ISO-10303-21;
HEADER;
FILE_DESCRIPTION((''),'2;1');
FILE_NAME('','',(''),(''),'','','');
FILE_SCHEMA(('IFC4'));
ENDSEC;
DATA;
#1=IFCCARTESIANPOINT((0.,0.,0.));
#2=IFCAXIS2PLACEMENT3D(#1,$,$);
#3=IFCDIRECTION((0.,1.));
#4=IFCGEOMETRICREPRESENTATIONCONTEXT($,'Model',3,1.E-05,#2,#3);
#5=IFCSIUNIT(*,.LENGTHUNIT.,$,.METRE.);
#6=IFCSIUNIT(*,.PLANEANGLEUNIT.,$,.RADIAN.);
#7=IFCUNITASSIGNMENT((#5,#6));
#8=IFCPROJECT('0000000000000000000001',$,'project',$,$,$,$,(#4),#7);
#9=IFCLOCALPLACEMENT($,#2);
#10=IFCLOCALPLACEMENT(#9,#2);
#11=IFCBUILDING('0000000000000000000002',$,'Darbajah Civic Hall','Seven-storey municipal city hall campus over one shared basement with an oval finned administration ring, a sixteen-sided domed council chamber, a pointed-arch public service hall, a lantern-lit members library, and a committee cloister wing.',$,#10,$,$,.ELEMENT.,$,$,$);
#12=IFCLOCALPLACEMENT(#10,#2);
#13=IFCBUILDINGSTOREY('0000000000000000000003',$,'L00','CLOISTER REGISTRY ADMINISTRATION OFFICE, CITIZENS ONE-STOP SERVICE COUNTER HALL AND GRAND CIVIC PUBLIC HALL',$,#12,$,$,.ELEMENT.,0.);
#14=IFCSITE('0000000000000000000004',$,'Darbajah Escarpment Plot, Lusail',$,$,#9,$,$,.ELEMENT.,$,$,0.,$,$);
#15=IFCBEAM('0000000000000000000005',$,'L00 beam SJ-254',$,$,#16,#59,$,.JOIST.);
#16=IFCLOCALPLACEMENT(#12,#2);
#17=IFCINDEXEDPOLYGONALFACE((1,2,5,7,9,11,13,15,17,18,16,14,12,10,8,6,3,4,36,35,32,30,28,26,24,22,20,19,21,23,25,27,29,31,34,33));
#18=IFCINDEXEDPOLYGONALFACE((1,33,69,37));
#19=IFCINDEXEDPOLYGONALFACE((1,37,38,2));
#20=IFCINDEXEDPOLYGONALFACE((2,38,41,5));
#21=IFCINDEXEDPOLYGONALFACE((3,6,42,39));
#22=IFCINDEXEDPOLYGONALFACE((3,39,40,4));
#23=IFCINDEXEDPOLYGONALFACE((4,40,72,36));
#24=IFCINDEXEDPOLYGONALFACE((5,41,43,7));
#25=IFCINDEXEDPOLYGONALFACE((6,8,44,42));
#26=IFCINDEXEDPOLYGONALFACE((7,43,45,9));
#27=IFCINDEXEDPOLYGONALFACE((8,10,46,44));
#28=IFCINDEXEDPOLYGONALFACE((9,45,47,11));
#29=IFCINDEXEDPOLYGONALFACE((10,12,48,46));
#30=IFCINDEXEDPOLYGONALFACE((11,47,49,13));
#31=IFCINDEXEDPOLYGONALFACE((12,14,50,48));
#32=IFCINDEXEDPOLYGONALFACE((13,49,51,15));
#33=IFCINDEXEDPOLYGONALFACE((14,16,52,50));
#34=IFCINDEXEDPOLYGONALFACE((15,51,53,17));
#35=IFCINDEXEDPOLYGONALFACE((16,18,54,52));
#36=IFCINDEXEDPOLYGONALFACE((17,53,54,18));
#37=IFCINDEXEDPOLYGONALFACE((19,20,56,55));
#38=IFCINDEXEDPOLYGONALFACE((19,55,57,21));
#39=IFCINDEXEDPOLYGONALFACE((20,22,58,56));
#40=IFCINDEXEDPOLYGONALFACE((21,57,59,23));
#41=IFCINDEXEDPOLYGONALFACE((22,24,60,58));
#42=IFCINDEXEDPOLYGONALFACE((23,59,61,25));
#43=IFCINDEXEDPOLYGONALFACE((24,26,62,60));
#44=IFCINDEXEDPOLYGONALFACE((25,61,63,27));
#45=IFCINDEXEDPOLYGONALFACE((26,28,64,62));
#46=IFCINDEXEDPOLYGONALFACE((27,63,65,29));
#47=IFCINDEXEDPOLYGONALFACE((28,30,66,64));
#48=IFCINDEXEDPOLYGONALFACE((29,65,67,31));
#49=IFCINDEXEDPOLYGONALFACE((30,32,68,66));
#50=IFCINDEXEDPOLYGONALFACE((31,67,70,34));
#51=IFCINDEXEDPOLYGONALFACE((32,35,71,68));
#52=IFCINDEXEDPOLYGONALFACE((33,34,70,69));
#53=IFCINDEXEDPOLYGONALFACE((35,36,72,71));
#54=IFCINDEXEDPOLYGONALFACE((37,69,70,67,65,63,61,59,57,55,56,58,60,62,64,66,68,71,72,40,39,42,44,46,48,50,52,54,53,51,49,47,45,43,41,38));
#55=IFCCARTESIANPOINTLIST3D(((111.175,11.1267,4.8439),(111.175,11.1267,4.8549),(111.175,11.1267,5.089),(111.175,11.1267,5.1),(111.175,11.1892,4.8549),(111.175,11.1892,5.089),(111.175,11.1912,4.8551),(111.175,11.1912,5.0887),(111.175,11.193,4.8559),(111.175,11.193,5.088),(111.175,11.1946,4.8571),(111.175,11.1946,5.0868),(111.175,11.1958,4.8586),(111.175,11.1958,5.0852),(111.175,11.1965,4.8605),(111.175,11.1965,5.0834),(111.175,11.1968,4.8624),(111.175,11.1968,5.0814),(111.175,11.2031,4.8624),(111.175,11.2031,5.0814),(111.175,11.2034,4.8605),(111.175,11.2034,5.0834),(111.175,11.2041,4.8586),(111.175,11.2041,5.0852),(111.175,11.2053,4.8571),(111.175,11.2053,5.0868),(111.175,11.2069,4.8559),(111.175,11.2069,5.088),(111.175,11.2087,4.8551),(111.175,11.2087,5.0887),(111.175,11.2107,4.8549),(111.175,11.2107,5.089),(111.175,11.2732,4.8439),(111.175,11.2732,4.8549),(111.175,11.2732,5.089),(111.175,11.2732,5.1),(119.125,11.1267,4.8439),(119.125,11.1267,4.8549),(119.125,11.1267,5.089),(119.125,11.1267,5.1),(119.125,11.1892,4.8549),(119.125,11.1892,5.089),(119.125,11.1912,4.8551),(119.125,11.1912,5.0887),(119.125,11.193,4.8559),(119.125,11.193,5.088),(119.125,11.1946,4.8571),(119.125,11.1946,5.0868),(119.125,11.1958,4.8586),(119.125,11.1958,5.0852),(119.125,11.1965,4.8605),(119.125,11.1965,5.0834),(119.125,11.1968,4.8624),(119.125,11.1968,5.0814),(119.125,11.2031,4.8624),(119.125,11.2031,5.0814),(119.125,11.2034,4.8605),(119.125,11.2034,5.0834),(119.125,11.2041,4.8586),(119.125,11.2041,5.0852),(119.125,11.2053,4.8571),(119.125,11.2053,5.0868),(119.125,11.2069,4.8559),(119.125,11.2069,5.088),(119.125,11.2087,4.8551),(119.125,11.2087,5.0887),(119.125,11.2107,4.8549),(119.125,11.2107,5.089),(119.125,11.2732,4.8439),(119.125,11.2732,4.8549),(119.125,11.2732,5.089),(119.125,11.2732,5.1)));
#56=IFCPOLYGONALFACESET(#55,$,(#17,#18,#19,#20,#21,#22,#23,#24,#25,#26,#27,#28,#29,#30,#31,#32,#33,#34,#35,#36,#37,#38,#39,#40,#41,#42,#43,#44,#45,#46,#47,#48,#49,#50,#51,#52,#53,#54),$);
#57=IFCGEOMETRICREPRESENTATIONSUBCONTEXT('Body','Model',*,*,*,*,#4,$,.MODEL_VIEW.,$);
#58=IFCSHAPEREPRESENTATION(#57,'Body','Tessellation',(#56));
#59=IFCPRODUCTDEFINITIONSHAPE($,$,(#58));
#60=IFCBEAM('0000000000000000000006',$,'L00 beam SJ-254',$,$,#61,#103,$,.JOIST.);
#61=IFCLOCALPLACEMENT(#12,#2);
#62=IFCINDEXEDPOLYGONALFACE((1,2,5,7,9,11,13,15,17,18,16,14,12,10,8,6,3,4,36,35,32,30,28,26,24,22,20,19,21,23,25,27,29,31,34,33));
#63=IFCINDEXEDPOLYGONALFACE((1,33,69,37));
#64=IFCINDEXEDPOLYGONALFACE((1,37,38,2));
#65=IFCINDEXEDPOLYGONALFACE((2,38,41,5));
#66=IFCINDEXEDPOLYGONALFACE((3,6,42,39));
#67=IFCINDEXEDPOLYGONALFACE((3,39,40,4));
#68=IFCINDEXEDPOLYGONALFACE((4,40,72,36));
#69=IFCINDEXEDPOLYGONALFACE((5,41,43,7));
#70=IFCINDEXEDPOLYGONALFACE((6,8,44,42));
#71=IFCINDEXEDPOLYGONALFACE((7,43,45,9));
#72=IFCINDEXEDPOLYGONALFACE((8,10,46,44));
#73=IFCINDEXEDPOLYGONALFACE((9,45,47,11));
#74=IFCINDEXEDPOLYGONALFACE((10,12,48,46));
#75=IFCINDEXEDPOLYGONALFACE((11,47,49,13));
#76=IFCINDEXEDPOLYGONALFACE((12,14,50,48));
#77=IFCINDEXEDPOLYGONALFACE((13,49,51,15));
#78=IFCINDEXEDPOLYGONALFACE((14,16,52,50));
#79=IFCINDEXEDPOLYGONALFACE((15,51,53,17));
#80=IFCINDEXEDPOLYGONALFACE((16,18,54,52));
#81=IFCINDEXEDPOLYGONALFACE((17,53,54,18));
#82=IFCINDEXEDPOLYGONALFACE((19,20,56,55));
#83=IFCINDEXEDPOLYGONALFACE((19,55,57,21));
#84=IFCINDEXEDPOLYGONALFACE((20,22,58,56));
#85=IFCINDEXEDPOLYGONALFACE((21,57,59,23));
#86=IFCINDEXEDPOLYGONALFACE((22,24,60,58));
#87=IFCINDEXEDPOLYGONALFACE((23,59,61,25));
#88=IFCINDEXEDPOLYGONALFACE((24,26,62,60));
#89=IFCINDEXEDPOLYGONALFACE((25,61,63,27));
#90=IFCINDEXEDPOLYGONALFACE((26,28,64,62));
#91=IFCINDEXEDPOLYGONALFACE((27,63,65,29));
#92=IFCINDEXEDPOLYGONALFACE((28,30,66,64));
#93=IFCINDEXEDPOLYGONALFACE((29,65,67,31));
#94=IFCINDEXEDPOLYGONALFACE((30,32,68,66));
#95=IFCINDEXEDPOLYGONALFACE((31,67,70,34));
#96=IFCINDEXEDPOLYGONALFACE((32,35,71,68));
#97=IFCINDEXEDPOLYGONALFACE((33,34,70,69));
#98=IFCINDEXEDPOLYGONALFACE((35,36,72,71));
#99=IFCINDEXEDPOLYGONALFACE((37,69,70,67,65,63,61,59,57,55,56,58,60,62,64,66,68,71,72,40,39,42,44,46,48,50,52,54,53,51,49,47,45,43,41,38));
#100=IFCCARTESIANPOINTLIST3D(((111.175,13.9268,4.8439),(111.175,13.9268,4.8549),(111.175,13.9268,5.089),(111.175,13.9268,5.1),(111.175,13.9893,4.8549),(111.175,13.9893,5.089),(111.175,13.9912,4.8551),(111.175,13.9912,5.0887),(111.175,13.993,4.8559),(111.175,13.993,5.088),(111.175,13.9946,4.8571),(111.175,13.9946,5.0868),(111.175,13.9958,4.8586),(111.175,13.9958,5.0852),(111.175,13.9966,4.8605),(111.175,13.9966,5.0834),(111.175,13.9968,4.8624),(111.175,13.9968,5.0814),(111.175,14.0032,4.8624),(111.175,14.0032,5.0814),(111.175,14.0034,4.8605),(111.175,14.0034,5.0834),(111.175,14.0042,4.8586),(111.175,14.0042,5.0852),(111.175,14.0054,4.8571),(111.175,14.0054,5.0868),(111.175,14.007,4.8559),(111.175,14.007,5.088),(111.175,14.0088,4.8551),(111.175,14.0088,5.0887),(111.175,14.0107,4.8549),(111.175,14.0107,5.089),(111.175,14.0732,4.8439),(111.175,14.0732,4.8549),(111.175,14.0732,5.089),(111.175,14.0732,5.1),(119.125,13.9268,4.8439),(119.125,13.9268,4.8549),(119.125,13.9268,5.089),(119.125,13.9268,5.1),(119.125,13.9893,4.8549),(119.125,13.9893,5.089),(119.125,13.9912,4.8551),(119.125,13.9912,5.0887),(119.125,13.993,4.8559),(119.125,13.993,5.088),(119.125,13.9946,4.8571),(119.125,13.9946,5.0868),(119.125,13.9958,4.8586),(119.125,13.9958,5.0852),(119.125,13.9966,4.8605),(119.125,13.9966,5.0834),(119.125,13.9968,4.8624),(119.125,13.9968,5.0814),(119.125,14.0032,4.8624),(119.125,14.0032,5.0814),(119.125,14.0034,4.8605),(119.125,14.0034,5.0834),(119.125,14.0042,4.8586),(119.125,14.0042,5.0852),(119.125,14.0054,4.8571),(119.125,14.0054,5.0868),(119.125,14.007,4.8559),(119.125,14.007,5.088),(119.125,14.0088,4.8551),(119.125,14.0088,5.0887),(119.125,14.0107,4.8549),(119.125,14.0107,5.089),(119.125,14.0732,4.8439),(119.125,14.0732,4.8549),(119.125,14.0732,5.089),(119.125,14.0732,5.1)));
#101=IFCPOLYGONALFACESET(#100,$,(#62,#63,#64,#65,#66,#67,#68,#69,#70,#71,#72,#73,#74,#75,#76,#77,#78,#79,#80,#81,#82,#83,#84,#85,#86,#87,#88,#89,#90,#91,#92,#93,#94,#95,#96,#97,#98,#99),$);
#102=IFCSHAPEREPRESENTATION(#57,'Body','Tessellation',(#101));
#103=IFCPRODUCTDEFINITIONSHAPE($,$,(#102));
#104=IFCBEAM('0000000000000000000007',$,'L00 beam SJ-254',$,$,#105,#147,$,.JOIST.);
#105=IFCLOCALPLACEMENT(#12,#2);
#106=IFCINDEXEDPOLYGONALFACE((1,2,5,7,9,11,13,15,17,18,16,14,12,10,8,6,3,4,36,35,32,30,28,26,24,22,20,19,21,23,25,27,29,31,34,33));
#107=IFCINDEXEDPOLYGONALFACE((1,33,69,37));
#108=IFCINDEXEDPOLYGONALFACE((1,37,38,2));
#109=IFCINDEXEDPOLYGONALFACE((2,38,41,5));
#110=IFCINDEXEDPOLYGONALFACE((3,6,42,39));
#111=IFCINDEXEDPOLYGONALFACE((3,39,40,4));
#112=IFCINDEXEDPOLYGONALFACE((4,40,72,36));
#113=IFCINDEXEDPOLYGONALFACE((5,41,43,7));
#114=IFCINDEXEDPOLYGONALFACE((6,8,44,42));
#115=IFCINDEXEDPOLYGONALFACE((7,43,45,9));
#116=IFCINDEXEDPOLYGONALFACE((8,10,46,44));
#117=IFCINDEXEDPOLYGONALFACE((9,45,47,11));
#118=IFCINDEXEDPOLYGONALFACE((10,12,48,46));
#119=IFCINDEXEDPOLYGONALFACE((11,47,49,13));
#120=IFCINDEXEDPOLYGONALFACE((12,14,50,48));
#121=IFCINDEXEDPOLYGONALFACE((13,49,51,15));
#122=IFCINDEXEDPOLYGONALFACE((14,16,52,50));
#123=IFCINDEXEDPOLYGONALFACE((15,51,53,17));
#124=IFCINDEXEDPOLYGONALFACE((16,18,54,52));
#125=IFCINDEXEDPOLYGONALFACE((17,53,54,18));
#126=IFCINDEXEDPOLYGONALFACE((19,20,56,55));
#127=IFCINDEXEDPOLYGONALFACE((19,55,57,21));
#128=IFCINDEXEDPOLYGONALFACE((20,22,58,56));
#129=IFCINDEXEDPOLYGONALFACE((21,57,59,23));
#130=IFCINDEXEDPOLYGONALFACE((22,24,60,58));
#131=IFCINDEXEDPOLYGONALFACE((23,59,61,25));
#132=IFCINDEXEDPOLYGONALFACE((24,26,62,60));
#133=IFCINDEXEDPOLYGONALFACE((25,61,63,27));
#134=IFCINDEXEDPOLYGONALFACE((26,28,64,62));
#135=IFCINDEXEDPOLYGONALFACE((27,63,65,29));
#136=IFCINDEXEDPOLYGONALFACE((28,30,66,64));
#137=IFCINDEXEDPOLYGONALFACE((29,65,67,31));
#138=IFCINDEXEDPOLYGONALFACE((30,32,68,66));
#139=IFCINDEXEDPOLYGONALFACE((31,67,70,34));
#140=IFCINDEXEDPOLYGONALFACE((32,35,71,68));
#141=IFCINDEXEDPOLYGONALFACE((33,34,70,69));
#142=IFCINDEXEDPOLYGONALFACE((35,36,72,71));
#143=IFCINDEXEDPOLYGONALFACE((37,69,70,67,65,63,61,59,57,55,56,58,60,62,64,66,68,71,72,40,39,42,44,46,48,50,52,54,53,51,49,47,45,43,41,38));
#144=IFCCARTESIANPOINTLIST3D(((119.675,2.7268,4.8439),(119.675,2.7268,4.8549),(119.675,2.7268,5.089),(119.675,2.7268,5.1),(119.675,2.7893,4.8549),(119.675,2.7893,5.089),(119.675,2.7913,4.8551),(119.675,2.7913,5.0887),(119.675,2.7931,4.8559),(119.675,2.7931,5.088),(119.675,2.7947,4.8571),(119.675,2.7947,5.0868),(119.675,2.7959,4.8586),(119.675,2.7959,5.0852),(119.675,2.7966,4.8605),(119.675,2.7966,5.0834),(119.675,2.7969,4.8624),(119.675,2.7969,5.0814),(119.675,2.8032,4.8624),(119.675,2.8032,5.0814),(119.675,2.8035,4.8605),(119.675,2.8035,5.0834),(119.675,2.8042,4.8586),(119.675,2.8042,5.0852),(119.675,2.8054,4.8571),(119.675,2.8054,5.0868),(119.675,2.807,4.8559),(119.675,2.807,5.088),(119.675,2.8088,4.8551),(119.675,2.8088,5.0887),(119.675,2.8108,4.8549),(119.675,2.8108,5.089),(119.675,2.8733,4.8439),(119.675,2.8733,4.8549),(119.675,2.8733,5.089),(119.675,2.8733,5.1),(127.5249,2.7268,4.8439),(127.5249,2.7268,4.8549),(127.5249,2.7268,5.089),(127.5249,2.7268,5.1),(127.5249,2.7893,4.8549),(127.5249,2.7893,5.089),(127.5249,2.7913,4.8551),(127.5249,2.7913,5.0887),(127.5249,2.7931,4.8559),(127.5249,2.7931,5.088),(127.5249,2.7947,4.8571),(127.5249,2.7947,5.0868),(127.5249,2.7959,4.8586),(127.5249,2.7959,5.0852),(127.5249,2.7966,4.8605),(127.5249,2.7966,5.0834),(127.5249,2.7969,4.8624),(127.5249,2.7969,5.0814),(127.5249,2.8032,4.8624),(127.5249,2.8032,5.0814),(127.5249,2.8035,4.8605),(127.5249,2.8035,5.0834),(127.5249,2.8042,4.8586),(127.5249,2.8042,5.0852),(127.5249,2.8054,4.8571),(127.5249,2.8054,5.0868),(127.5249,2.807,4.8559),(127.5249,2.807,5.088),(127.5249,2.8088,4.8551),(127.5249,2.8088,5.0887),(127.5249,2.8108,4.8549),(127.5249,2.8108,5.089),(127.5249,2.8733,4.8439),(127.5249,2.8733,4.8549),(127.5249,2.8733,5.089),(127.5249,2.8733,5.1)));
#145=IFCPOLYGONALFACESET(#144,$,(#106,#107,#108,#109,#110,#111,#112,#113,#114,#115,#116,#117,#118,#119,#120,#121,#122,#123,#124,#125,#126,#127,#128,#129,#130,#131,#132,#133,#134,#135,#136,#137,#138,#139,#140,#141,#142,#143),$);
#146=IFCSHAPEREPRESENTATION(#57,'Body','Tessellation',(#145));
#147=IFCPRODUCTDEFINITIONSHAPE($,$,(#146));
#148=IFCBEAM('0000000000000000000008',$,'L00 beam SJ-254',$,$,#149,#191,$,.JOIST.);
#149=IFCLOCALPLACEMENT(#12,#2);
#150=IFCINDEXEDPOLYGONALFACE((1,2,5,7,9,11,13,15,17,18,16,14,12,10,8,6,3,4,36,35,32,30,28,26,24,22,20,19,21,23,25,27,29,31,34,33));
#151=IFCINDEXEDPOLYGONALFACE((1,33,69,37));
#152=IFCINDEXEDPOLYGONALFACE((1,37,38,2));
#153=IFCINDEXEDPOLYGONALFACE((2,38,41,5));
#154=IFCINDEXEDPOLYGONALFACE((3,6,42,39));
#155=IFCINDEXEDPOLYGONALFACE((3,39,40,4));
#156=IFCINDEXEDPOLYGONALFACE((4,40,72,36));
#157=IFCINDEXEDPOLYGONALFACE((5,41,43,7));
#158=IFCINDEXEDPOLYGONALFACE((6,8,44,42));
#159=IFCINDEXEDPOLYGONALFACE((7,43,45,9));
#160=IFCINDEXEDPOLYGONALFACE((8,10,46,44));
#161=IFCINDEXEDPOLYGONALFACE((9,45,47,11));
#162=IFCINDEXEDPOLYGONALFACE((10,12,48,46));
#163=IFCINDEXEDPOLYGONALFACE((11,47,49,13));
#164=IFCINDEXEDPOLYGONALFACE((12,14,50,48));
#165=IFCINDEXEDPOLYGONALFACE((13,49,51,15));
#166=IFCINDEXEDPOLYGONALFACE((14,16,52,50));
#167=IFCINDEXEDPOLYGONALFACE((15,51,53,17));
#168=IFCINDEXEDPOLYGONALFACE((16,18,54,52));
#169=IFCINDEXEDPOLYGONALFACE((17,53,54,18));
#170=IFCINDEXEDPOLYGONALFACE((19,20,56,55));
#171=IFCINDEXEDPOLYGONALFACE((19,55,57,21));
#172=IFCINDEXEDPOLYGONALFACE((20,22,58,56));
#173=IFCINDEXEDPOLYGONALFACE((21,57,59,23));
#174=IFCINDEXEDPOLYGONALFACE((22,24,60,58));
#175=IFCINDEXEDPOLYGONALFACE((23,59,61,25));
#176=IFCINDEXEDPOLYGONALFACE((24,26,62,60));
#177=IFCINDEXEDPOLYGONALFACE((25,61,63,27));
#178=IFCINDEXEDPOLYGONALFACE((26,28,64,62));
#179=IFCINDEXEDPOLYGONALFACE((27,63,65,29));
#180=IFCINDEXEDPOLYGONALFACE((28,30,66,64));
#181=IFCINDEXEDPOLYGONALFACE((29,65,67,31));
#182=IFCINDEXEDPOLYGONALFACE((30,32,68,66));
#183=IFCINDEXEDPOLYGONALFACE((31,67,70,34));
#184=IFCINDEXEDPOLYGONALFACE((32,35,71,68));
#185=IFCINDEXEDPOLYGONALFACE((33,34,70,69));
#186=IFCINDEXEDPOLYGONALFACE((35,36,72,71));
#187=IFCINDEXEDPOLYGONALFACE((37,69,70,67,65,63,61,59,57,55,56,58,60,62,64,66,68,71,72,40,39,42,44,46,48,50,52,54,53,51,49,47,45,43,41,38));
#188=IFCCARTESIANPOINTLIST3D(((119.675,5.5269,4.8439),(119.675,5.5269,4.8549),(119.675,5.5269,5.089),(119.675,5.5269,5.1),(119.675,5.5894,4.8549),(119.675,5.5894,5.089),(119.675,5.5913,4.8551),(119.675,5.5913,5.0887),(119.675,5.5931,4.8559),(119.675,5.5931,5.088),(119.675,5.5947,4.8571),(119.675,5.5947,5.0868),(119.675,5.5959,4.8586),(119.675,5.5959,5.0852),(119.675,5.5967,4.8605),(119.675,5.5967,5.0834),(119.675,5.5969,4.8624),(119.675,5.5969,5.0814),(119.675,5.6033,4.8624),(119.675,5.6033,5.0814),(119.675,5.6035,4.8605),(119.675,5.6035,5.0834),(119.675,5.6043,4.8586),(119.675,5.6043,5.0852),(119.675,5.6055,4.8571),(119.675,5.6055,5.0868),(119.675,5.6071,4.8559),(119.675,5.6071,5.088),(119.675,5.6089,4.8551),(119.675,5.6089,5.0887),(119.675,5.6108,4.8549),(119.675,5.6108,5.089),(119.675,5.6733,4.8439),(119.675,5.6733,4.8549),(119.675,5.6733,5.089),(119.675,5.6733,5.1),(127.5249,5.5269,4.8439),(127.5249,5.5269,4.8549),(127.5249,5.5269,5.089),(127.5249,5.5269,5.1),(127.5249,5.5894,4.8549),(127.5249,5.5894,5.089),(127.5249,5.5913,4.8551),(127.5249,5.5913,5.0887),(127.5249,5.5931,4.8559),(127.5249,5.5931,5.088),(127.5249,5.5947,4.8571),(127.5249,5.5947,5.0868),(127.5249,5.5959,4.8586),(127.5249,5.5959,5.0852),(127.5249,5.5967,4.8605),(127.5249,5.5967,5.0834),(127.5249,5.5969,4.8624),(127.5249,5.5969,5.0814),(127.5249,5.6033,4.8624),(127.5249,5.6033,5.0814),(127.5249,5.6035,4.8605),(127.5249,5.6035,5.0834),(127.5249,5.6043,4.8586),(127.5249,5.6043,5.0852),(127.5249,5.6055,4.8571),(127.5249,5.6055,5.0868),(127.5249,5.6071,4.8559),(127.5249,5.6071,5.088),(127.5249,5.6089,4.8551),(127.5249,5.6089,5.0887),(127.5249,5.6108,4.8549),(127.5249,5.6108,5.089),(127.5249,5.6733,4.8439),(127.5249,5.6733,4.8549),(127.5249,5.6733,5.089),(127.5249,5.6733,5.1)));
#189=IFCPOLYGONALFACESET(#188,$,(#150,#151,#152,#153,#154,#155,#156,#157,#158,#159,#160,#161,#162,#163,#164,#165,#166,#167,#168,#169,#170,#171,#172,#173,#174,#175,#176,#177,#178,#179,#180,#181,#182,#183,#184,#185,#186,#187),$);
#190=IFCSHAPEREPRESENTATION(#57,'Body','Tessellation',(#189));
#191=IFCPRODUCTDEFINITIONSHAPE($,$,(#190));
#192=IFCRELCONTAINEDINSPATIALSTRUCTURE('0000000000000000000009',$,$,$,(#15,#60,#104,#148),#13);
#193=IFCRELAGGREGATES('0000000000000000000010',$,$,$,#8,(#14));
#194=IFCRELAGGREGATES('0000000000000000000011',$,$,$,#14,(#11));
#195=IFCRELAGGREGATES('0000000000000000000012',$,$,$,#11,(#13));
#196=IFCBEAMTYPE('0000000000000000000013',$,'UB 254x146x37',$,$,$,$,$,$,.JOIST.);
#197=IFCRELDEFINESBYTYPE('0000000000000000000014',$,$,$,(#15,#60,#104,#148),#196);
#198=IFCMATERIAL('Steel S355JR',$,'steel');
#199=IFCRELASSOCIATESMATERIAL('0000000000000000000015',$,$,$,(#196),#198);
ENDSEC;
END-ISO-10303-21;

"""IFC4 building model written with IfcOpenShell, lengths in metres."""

from ifc_helpers import new_model, si_unit, direction, frame, origin, origin_2d, place, context, subcontext, project, spatial, i_section, extrude, material, material_profile, profile_set, type_object, element, save


model = new_model("IFC4")

# Units and contexts
model_context = context("Model", 3, precision=1e-05, world=origin(), true_north=direction((0.0, 1.0)))
body_context = subcontext(model_context, "Body", "Model", "MODEL_VIEW")
ifc_project = project(units=[si_unit("LENGTHUNIT", "METRE"), si_unit("PLANEANGLEUNIT", "RADIAN")], contexts=[model_context])

# Site, building, storey
site_placement = place(None, origin())
site = spatial("IfcSite", under=ifc_project, at=site_placement, Name="Darbajah Escarpment Plot, Lusail", CompositionType="ELEMENT", RefElevation=0.0)
building_placement = place(site_placement, origin())
building = spatial("IfcBuilding", under=site, at=building_placement, Name="Darbajah Civic Hall", Description="Seven-storey municipal city hall campus over one shared basement with an oval finned administration ring, a sixteen-sided domed council chamber, a pointed-arch public service hall, a lantern-lit members library, and a committee cloister wing.", CompositionType="ELEMENT")
storey_placement = place(building_placement, origin())
storey = spatial("IfcBuildingStorey", under=building, at=storey_placement, Name="L00", Description="CLOISTER REGISTRY ADMINISTRATION OFFICE, CITIZENS ONE-STOP SERVICE COUNTER HALL AND GRAND CIVIC PUBLIC HALL", CompositionType="ELEMENT", Elevation=0.0)

# Beams
ifc_material_1 = material(Name="Steel S355JR", Category="steel")
ifc_material_profile_1 = material_profile(ifc_material_1, i_section(OverallWidth=0.1465, OverallDepth=0.2561, WebThickness=0.0063, FlangeThickness=0.011, FilletRadius=0.0076, at=origin_2d()), Name="UB 254x146x37")
ifc_profile_set_1 = profile_set([ifc_material_profile_1], Name="Steel S355JR")
beam_type_1 = type_object("IfcBeamType", Name="UB 254x146x37", PredefinedType="JOIST", material=ifc_profile_set_1)
for number, where, z_axis, x_axis, name in (
    (1, (111.175, 11.2, 4.9719), (1.0, 0.0, 0.0), (0.0, 1.0, 0.0), "L00 beam SJ-254"),
    (2, (111.175, 14.0, 4.9719), (1.0, 0.0, 0.0), (0.0, 1.0, 0.0), "L00 beam SJ-254"),
):
    element("IfcBeam", number, at=place(storey_placement, frame(where, z_axis=z_axis, x_axis=x_axis)), inside=storey, type_object=beam_type_1, Name=name, PredefinedType="JOIST", context=body_context, shape_type="SweptSolid", body=[
        extrude(i_section(OverallWidth=0.1465, OverallDepth=0.2561, WebThickness=0.0063, FlangeThickness=0.011, FilletRadius=0.0076, at=origin_2d()), origin(), (0.0, 0.0, 1.0), 7.95),
    ])
for number, where, z_axis, x_axis, name in (
    (3, (119.675, 2.8, 4.9719), (1.0, 0.0, 0.0), (0.0, 1.0, 0.0), "L00 beam SJ-254"),
    (4, (119.675, 5.6001, 4.9719), (1.0, 0.0, 0.0), (0.0, 1.0, 0.0), "L00 beam SJ-254"),
):
    element("IfcBeam", number, at=place(storey_placement, frame(where, z_axis=z_axis, x_axis=x_axis)), inside=storey, type_object=beam_type_1, Name=name, PredefinedType="JOIST", context=body_context, shape_type="SweptSolid", body=[
        extrude(i_section(OverallWidth=0.1465, OverallDepth=0.2561, WebThickness=0.0063, FlangeThickness=0.011, FilletRadius=0.0076, at=origin_2d()), origin(), (0.0, 0.0, 1.0), 7.8499),
    ])

save(model, "model.ifc")
